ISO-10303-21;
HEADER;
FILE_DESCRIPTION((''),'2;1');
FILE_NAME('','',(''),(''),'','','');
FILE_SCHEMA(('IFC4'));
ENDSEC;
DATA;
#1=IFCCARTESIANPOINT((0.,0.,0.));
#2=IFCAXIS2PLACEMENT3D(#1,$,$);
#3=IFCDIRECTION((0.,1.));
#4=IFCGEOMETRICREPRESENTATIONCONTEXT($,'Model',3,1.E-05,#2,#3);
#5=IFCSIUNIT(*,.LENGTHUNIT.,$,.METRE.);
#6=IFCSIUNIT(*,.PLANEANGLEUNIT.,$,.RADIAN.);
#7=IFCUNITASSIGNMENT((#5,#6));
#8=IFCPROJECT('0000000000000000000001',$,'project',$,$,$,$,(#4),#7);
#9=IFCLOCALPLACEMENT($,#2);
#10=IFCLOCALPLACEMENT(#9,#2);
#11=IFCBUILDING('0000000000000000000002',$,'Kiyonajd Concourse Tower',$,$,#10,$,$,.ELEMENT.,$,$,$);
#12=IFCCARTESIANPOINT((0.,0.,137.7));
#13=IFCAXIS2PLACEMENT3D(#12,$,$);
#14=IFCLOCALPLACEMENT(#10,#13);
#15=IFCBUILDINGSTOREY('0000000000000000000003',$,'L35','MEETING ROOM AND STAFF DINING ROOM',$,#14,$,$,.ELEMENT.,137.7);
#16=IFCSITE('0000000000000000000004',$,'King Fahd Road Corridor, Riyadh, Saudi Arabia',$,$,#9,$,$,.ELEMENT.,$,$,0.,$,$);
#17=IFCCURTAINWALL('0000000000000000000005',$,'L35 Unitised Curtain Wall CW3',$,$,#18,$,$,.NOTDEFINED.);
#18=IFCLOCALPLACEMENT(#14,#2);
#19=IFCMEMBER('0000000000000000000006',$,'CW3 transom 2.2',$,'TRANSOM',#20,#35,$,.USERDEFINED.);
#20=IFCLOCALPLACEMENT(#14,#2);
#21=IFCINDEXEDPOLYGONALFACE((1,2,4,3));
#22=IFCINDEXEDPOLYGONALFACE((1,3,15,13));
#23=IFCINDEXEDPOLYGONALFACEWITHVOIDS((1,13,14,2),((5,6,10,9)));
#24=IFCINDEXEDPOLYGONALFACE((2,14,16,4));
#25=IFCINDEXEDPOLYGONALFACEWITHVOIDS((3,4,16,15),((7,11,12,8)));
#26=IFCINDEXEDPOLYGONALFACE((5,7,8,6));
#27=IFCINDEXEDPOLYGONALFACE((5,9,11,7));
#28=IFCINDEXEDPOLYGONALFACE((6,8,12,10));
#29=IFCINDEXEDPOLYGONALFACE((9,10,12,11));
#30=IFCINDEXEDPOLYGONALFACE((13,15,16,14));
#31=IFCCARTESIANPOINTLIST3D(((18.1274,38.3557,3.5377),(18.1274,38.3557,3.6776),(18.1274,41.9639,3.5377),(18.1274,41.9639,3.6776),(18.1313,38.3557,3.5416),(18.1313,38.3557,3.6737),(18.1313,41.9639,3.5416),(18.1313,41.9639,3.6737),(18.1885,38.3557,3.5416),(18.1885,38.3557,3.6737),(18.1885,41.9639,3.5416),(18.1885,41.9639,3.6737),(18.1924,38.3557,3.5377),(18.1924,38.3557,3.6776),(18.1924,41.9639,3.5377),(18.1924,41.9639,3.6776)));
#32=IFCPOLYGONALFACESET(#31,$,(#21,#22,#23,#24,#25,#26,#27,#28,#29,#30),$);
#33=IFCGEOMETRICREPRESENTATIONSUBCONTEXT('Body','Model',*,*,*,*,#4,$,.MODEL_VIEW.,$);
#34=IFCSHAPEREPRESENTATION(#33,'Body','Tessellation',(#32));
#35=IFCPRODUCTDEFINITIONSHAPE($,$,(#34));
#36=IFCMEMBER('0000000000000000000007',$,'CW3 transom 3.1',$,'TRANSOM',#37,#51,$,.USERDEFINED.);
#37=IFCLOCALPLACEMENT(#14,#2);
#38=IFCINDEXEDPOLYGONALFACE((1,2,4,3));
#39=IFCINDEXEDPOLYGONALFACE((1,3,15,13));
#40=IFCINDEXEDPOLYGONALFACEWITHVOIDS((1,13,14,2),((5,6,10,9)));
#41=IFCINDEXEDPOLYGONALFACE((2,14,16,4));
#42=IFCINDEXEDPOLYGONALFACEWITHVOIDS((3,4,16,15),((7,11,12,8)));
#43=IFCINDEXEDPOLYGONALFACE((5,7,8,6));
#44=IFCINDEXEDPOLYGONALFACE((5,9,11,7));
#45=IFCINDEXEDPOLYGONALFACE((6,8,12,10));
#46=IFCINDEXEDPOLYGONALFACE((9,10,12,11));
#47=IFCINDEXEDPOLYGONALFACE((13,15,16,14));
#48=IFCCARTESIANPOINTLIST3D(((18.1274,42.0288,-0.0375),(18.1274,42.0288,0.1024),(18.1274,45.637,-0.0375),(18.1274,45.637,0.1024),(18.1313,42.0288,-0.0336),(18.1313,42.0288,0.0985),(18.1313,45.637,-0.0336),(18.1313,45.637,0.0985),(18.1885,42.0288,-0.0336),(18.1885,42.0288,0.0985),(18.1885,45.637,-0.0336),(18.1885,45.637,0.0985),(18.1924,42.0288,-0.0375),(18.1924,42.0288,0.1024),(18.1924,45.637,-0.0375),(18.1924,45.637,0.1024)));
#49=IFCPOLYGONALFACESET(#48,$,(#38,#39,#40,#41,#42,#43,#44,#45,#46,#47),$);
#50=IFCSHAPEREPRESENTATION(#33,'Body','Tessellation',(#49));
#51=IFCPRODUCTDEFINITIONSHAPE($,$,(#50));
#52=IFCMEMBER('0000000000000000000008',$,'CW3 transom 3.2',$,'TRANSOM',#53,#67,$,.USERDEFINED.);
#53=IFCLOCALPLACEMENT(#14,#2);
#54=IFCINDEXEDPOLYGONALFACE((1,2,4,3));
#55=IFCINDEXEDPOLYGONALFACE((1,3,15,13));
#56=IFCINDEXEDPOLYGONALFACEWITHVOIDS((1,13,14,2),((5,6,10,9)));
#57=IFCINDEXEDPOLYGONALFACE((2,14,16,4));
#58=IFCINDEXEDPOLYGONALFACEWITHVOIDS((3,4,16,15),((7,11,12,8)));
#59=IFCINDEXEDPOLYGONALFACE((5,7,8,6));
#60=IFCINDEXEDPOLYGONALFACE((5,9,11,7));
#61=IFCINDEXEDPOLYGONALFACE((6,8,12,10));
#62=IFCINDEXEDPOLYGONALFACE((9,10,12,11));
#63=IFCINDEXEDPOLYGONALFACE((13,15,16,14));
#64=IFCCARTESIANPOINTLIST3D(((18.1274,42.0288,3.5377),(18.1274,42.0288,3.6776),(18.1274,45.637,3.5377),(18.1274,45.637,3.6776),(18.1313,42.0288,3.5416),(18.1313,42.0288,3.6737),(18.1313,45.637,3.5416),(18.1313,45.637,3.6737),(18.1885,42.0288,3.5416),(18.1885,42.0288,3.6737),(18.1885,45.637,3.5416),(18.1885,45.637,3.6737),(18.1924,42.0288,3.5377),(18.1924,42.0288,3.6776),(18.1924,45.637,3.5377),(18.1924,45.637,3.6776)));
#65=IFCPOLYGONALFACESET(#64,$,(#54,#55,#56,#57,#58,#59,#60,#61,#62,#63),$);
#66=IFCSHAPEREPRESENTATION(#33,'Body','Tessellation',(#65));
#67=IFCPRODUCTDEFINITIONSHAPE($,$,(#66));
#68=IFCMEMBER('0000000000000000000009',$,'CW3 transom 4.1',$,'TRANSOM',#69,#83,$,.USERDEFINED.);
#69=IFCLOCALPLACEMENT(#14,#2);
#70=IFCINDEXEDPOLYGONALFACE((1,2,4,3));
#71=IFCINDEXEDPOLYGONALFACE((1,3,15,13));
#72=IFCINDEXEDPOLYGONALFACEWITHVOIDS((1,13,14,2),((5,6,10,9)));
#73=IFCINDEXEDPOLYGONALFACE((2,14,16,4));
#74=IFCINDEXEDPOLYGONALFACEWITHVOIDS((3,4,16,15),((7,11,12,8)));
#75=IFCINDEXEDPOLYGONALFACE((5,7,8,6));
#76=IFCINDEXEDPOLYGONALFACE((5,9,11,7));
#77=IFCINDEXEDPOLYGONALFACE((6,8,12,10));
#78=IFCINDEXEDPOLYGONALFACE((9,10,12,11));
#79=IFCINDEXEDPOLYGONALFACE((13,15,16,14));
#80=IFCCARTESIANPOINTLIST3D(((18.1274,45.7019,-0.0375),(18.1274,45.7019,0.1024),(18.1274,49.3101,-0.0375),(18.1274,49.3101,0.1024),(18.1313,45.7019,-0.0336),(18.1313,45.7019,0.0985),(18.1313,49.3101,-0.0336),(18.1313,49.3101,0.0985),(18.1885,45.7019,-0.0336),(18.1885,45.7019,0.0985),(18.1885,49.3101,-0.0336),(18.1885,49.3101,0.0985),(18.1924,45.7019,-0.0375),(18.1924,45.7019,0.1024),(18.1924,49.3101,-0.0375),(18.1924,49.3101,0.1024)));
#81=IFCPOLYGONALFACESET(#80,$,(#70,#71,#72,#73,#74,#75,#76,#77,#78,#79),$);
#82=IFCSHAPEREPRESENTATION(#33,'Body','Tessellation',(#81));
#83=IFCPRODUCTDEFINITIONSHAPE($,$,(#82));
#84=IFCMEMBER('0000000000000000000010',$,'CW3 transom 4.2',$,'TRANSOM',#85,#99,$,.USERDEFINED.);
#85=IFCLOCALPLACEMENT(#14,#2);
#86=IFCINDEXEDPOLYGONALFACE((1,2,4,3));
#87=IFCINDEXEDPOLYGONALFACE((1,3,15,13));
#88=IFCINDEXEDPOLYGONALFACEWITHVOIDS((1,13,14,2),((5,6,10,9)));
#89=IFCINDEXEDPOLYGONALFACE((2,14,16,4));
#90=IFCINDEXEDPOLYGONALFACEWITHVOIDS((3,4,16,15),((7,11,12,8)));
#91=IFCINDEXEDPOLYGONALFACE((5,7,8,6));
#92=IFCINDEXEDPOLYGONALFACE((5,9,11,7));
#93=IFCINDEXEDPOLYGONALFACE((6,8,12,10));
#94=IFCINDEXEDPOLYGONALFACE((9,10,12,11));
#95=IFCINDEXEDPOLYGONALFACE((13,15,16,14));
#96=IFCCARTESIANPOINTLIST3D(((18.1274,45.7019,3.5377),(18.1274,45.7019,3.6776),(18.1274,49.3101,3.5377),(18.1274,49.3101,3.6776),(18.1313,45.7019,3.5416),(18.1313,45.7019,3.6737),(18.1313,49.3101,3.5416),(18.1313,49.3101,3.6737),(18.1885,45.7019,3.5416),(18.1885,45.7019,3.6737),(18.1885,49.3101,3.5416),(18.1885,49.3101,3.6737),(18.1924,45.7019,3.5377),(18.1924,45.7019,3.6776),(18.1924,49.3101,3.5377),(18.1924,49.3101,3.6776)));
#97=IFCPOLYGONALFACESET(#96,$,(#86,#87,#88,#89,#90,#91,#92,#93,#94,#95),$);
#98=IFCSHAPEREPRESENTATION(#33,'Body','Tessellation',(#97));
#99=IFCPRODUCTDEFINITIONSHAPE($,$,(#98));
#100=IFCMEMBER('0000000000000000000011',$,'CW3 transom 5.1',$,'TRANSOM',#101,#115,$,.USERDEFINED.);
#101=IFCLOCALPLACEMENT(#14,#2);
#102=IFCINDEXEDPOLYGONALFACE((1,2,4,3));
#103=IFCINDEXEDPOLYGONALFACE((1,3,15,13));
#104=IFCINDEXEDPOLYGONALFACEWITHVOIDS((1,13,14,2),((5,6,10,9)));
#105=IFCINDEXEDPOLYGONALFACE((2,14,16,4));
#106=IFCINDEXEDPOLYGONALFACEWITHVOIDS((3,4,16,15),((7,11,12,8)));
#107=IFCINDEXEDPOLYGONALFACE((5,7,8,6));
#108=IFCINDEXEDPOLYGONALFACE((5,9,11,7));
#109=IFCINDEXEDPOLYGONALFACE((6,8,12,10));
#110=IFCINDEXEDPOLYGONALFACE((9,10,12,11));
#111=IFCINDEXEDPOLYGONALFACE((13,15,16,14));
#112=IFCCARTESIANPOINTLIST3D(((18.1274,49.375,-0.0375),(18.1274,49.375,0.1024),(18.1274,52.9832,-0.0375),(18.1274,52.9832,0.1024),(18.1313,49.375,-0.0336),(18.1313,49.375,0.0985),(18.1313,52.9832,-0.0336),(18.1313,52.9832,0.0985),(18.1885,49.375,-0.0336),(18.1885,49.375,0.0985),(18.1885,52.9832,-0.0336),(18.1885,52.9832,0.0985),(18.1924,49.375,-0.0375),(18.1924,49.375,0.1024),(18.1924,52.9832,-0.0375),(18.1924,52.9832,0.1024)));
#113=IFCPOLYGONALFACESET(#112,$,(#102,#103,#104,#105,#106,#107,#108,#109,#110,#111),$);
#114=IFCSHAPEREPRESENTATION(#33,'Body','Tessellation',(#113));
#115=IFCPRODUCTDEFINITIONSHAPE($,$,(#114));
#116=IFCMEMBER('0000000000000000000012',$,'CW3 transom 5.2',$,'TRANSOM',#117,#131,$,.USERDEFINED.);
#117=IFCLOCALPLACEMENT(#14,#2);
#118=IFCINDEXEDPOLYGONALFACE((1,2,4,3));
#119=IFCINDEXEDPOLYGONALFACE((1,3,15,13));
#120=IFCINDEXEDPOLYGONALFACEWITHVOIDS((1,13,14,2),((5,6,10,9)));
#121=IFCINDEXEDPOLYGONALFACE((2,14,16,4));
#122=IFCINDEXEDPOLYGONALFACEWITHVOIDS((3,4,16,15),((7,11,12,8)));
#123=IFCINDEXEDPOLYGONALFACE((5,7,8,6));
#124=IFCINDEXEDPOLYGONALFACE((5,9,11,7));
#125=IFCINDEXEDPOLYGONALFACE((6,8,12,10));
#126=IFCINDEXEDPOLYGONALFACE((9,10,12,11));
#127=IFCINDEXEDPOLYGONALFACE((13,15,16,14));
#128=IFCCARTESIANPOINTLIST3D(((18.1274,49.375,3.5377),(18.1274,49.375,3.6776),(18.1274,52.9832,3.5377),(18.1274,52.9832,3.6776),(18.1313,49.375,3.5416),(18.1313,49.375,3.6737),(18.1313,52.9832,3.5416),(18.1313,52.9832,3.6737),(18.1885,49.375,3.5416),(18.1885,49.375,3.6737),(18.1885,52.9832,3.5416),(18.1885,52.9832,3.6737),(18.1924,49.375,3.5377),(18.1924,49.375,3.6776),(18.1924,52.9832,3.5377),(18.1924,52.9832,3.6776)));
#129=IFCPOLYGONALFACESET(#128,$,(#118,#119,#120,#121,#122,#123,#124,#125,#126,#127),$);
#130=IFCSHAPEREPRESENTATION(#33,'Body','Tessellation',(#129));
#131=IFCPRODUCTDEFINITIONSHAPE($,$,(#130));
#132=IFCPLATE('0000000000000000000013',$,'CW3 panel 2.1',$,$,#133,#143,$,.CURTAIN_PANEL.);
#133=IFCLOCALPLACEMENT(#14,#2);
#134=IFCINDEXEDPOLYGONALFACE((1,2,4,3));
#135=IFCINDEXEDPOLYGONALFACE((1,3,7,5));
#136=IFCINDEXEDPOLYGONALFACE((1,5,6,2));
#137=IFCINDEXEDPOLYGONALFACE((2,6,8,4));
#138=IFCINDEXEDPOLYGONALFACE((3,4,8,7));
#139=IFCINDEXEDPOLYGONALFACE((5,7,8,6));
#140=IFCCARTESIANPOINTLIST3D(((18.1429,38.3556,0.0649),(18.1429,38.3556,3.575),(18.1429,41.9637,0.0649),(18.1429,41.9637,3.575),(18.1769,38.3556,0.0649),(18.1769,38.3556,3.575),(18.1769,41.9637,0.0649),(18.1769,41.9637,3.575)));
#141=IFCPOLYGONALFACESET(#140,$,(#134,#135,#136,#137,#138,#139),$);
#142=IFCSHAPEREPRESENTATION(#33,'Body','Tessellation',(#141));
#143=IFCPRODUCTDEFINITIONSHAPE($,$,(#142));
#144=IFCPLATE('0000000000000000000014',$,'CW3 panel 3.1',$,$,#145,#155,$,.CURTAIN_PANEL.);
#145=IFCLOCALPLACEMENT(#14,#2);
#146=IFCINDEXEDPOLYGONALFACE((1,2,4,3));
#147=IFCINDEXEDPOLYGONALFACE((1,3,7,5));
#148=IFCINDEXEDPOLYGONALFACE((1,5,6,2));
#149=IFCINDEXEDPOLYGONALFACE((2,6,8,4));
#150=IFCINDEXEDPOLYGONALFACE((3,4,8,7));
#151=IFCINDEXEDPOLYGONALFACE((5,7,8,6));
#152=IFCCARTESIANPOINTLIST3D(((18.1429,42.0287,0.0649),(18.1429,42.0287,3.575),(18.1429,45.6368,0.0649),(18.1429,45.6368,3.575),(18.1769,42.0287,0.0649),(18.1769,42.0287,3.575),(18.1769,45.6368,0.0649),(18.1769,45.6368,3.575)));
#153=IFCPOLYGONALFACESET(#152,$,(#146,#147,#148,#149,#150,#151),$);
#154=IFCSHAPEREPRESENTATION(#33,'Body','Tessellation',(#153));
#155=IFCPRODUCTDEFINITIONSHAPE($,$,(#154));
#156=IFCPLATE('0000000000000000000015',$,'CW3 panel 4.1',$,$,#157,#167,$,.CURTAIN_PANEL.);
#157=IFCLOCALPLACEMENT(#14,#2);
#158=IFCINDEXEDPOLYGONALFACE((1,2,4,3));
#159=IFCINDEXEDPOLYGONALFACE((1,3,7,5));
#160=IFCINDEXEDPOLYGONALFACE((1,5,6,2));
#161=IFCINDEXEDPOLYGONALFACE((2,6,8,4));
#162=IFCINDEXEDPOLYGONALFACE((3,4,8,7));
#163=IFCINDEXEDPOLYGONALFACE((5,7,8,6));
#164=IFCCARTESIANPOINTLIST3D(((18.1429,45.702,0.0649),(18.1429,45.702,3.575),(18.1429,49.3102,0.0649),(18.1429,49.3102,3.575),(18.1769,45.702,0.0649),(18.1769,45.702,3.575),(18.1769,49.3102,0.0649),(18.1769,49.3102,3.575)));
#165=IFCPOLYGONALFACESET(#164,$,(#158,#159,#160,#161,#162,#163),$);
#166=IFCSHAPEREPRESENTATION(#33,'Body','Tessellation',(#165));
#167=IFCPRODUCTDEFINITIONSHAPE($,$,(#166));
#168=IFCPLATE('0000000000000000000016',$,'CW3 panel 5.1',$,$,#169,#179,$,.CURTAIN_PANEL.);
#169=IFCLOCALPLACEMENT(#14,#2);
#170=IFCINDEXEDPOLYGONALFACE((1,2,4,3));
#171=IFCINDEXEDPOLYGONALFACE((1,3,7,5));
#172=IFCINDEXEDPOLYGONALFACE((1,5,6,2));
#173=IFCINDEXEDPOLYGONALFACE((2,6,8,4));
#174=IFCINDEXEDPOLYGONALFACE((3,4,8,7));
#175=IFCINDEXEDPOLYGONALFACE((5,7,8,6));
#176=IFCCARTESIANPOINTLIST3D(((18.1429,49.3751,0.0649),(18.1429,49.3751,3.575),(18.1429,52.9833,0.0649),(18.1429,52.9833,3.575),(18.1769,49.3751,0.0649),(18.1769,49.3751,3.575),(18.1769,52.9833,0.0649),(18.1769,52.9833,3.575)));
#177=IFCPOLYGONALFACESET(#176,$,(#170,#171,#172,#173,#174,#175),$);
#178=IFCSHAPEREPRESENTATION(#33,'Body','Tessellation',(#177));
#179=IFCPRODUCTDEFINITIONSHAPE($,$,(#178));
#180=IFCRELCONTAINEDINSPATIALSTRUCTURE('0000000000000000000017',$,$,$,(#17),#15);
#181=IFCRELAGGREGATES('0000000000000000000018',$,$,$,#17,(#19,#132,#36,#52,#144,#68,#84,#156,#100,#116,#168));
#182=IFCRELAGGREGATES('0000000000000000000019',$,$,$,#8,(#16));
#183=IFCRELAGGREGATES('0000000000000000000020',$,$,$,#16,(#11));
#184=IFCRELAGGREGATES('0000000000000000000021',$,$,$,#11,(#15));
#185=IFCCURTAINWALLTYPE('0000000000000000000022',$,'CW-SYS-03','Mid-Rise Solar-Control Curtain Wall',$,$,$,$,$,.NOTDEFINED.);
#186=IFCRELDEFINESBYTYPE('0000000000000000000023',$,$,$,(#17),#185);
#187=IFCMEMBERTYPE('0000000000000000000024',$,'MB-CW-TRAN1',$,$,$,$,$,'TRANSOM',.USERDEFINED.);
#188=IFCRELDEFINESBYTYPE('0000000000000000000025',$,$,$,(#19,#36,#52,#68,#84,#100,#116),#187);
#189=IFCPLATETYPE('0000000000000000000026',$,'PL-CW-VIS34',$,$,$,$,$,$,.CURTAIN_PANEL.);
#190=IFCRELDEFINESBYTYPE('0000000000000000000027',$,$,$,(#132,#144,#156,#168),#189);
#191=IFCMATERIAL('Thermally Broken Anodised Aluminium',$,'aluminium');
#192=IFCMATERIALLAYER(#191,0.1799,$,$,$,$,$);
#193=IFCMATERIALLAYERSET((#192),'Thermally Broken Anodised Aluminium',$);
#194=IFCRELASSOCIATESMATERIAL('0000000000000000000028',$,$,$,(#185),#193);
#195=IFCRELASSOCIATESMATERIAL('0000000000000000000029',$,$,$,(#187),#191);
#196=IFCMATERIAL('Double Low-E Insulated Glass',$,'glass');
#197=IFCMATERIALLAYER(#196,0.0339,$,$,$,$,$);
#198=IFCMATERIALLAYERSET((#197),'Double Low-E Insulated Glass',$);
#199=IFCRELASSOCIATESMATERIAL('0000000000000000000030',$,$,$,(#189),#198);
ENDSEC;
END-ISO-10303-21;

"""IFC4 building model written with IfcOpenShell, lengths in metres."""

from ifc_helpers import new_model, si_unit, direction, frame, origin, origin_2d, place, context, subcontext, project, spatial, rectangle, hollow_rectangle, extrude, material, layer, layer_set, material_profile, profile_set, type_object, element, aggregate, save


model = new_model("IFC4")

# Units and contexts
model_context = context("Model", 3, precision=1e-05, world=origin(), true_north=direction((0.0, 1.0)))
body_context = subcontext(model_context, "Body", "Model", "MODEL_VIEW")
ifc_project = project(units=[si_unit("LENGTHUNIT", "METRE"), si_unit("PLANEANGLEUNIT", "RADIAN")], contexts=[model_context])

# Site, building, storey
site_placement = place(None, origin())
site = spatial("IfcSite", under=ifc_project, at=site_placement, Name="King Fahd Road Corridor, Riyadh, Saudi Arabia", CompositionType="ELEMENT", RefElevation=0.0)
building_placement = place(site_placement, origin())
building = spatial("IfcBuilding", under=site, at=building_placement, Name="Kiyonajd Concourse Tower", CompositionType="ELEMENT")
storey_placement = place(building_placement, frame((0.0, 0.0, 137.7)))
storey = spatial("IfcBuildingStorey", under=building, at=storey_placement, Name="L35", Description="MEETING ROOM AND STAFF DINING ROOM", CompositionType="ELEMENT", Elevation=137.7)

# Curtain wall, members, plates
ifc_material_1 = material(Name="Thermally Broken Anodised Aluminium", Category="aluminium")
ifc_layer_1 = layer(ifc_material_1, 0.1799)
ifc_layer_set_1 = layer_set([ifc_layer_1], Name="Thermally Broken Anodised Aluminium")
curtain_wall_type = type_object("IfcCurtainWallType", Name="CW-SYS-03", Description="Mid-Rise Solar-Control Curtain Wall", PredefinedType="NOTDEFINED", material=ifc_layer_set_1)
curtain_wall_placement = place(storey_placement, origin())
curtain_wall = element("IfcCurtainWall", 1, at=curtain_wall_placement, inside=storey, type_object=curtain_wall_type, Name="L35 Unitised Curtain Wall CW3", PredefinedType="NOTDEFINED")
ifc_material_profile_1 = material_profile(ifc_material_1, hollow_rectangle(XDim=0.0649, YDim=0.1399, WallThickness=0.0039, at=origin_2d()), Name="TRAN-65x140")
ifc_profile_set_1 = profile_set([ifc_material_profile_1], Name="Thermally Broken Anodised Aluminium")
member_type_1 = type_object("IfcMemberType", Name="MB-CW-TRAN1", ElementType="TRANSOM", PredefinedType="USERDEFINED", material=ifc_profile_set_1)
member_1_placement = place(storey_placement, frame((18.1599, 38.3557, 3.6077), z_axis=(0.0, 1.0, 0.0), x_axis=(-1.0, 0.0, 0.0)))
member_1 = element("IfcMember", 2, at=member_1_placement, type_object=member_type_1, Name="CW3 transom 2.2", ObjectType="TRANSOM", PredefinedType="USERDEFINED", context=body_context, shape_type="SweptSolid", body=[
    extrude(hollow_rectangle(XDim=0.0649, YDim=0.1399, WallThickness=0.0039, at=origin_2d()), origin(), (0.0, 0.0, 1.0), 3.6082),
])
member_2_placement = place(storey_placement, frame((18.1599, 42.0288, 0.0325), z_axis=(0.0, 1.0, 0.0), x_axis=(-1.0, 0.0, 0.0)))
member_2 = element("IfcMember", 3, at=member_2_placement, type_object=member_type_1, Name="CW3 transom 3.1", ObjectType="TRANSOM", PredefinedType="USERDEFINED", context=body_context, shape_type="SweptSolid", body=[
    extrude(hollow_rectangle(XDim=0.0649, YDim=0.1399, WallThickness=0.0039, at=origin_2d()), origin(), (0.0, 0.0, 1.0), 3.6082),
])
member_3_placement = place(storey_placement, frame((18.1599, 42.0288, 3.6077), z_axis=(0.0, 1.0, 0.0), x_axis=(-1.0, 0.0, 0.0)))
member_3 = element("IfcMember", 4, at=member_3_placement, type_object=member_type_1, Name="CW3 transom 3.2", ObjectType="TRANSOM", PredefinedType="USERDEFINED", context=body_context, shape_type="SweptSolid", body=[
    extrude(hollow_rectangle(XDim=0.0649, YDim=0.1399, WallThickness=0.0039, at=origin_2d()), origin(), (0.0, 0.0, 1.0), 3.6082),
])
member_4_placement = place(storey_placement, frame((18.1599, 45.7019, 0.0325), z_axis=(0.0, 1.0, 0.0), x_axis=(-1.0, 0.0, 0.0)))
member_4 = element("IfcMember", 5, at=member_4_placement, type_object=member_type_1, Name="CW3 transom 4.1", ObjectType="TRANSOM", PredefinedType="USERDEFINED", context=body_context, shape_type="SweptSolid", body=[
    extrude(hollow_rectangle(XDim=0.0649, YDim=0.1399, WallThickness=0.0039, at=origin_2d()), origin(), (0.0, 0.0, 1.0), 3.6082),
])
member_5_placement = place(storey_placement, frame((18.1599, 45.7019, 3.6077), z_axis=(0.0, 1.0, 0.0), x_axis=(-1.0, 0.0, 0.0)))
member_5 = element("IfcMember", 6, at=member_5_placement, type_object=member_type_1, Name="CW3 transom 4.2", ObjectType="TRANSOM", PredefinedType="USERDEFINED", context=body_context, shape_type="SweptSolid", body=[
    extrude(hollow_rectangle(XDim=0.0649, YDim=0.1399, WallThickness=0.0039, at=origin_2d()), origin(), (0.0, 0.0, 1.0), 3.6082),
])
member_6_placement = place(storey_placement, frame((18.1599, 49.375, 0.0325), z_axis=(0.0, 1.0, 0.0), x_axis=(-1.0, 0.0, 0.0)))
member_6 = element("IfcMember", 7, at=member_6_placement, type_object=member_type_1, Name="CW3 transom 5.1", ObjectType="TRANSOM", PredefinedType="USERDEFINED", context=body_context, shape_type="SweptSolid", body=[
    extrude(hollow_rectangle(XDim=0.0649, YDim=0.1399, WallThickness=0.0039, at=origin_2d()), origin(), (0.0, 0.0, 1.0), 3.6082),
])
member_7_placement = place(storey_placement, frame((18.1599, 49.375, 3.6077), z_axis=(0.0, 1.0, 0.0), x_axis=(-1.0, 0.0, 0.0)))
member_7 = element("IfcMember", 8, at=member_7_placement, type_object=member_type_1, Name="CW3 transom 5.2", ObjectType="TRANSOM", PredefinedType="USERDEFINED", context=body_context, shape_type="SweptSolid", body=[
    extrude(hollow_rectangle(XDim=0.0649, YDim=0.1399, WallThickness=0.0039, at=origin_2d()), origin(), (0.0, 0.0, 1.0), 3.6082),
])
ifc_material_2 = material(Name="Double Low-E Insulated Glass", Category="glass")
ifc_layer_2 = layer(ifc_material_2, 0.0339)
ifc_layer_set_2 = layer_set([ifc_layer_2], Name="Double Low-E Insulated Glass")
plate_type = type_object("IfcPlateType", Name="PL-CW-VIS34", PredefinedType="CURTAIN_PANEL", material=ifc_layer_set_2)
plate_1_placement = place(storey_placement, frame((18.1599, 40.1597, 0.0649), z_axis=(0.0, 0.0, 1.0), x_axis=(0.0, 1.0, 0.0)))
plate_1 = element("IfcPlate", 9, at=plate_1_placement, type_object=plate_type, Name="CW3 panel 2.1", PredefinedType="CURTAIN_PANEL", context=body_context, shape_type="SweptSolid", body=[
    extrude(rectangle(XDim=3.6082, YDim=0.0339, at=origin_2d()), origin(), (0.0, 0.0, 1.0), 3.51),
])
plate_2_placement = place(storey_placement, frame((18.1599, 43.8328, 0.0649), z_axis=(0.0, 0.0, 1.0), x_axis=(0.0, 1.0, 0.0)))
plate_2 = element("IfcPlate", 10, at=plate_2_placement, type_object=plate_type, Name="CW3 panel 3.1", PredefinedType="CURTAIN_PANEL", context=body_context, shape_type="SweptSolid", body=[
    extrude(rectangle(XDim=3.6082, YDim=0.0339, at=origin_2d()), origin(), (0.0, 0.0, 1.0), 3.51),
])
plate_3_placement = place(storey_placement, frame((18.1599, 47.5061, 0.0649), z_axis=(0.0, 0.0, 1.0), x_axis=(0.0, 1.0, 0.0)))
plate_3 = element("IfcPlate", 11, at=plate_3_placement, type_object=plate_type, Name="CW3 panel 4.1", PredefinedType="CURTAIN_PANEL", context=body_context, shape_type="SweptSolid", body=[
    extrude(rectangle(XDim=3.6082, YDim=0.0339, at=origin_2d()), origin(), (0.0, 0.0, 1.0), 3.51),
])
plate_4_placement = place(storey_placement, frame((18.1599, 51.1792, 0.0649), z_axis=(0.0, 0.0, 1.0), x_axis=(0.0, 1.0, 0.0)))
plate_4 = element("IfcPlate", 12, at=plate_4_placement, type_object=plate_type, Name="CW3 panel 5.1", PredefinedType="CURTAIN_PANEL", context=body_context, shape_type="SweptSolid", body=[
    extrude(rectangle(XDim=3.6082, YDim=0.0339, at=origin_2d()), origin(), (0.0, 0.0, 1.0), 3.51),
])
aggregate(curtain_wall, [member_1, plate_1, member_2, member_3, plate_2, member_4, member_5, plate_3, member_6, member_7, plate_4])

save(model, "model.ifc")
